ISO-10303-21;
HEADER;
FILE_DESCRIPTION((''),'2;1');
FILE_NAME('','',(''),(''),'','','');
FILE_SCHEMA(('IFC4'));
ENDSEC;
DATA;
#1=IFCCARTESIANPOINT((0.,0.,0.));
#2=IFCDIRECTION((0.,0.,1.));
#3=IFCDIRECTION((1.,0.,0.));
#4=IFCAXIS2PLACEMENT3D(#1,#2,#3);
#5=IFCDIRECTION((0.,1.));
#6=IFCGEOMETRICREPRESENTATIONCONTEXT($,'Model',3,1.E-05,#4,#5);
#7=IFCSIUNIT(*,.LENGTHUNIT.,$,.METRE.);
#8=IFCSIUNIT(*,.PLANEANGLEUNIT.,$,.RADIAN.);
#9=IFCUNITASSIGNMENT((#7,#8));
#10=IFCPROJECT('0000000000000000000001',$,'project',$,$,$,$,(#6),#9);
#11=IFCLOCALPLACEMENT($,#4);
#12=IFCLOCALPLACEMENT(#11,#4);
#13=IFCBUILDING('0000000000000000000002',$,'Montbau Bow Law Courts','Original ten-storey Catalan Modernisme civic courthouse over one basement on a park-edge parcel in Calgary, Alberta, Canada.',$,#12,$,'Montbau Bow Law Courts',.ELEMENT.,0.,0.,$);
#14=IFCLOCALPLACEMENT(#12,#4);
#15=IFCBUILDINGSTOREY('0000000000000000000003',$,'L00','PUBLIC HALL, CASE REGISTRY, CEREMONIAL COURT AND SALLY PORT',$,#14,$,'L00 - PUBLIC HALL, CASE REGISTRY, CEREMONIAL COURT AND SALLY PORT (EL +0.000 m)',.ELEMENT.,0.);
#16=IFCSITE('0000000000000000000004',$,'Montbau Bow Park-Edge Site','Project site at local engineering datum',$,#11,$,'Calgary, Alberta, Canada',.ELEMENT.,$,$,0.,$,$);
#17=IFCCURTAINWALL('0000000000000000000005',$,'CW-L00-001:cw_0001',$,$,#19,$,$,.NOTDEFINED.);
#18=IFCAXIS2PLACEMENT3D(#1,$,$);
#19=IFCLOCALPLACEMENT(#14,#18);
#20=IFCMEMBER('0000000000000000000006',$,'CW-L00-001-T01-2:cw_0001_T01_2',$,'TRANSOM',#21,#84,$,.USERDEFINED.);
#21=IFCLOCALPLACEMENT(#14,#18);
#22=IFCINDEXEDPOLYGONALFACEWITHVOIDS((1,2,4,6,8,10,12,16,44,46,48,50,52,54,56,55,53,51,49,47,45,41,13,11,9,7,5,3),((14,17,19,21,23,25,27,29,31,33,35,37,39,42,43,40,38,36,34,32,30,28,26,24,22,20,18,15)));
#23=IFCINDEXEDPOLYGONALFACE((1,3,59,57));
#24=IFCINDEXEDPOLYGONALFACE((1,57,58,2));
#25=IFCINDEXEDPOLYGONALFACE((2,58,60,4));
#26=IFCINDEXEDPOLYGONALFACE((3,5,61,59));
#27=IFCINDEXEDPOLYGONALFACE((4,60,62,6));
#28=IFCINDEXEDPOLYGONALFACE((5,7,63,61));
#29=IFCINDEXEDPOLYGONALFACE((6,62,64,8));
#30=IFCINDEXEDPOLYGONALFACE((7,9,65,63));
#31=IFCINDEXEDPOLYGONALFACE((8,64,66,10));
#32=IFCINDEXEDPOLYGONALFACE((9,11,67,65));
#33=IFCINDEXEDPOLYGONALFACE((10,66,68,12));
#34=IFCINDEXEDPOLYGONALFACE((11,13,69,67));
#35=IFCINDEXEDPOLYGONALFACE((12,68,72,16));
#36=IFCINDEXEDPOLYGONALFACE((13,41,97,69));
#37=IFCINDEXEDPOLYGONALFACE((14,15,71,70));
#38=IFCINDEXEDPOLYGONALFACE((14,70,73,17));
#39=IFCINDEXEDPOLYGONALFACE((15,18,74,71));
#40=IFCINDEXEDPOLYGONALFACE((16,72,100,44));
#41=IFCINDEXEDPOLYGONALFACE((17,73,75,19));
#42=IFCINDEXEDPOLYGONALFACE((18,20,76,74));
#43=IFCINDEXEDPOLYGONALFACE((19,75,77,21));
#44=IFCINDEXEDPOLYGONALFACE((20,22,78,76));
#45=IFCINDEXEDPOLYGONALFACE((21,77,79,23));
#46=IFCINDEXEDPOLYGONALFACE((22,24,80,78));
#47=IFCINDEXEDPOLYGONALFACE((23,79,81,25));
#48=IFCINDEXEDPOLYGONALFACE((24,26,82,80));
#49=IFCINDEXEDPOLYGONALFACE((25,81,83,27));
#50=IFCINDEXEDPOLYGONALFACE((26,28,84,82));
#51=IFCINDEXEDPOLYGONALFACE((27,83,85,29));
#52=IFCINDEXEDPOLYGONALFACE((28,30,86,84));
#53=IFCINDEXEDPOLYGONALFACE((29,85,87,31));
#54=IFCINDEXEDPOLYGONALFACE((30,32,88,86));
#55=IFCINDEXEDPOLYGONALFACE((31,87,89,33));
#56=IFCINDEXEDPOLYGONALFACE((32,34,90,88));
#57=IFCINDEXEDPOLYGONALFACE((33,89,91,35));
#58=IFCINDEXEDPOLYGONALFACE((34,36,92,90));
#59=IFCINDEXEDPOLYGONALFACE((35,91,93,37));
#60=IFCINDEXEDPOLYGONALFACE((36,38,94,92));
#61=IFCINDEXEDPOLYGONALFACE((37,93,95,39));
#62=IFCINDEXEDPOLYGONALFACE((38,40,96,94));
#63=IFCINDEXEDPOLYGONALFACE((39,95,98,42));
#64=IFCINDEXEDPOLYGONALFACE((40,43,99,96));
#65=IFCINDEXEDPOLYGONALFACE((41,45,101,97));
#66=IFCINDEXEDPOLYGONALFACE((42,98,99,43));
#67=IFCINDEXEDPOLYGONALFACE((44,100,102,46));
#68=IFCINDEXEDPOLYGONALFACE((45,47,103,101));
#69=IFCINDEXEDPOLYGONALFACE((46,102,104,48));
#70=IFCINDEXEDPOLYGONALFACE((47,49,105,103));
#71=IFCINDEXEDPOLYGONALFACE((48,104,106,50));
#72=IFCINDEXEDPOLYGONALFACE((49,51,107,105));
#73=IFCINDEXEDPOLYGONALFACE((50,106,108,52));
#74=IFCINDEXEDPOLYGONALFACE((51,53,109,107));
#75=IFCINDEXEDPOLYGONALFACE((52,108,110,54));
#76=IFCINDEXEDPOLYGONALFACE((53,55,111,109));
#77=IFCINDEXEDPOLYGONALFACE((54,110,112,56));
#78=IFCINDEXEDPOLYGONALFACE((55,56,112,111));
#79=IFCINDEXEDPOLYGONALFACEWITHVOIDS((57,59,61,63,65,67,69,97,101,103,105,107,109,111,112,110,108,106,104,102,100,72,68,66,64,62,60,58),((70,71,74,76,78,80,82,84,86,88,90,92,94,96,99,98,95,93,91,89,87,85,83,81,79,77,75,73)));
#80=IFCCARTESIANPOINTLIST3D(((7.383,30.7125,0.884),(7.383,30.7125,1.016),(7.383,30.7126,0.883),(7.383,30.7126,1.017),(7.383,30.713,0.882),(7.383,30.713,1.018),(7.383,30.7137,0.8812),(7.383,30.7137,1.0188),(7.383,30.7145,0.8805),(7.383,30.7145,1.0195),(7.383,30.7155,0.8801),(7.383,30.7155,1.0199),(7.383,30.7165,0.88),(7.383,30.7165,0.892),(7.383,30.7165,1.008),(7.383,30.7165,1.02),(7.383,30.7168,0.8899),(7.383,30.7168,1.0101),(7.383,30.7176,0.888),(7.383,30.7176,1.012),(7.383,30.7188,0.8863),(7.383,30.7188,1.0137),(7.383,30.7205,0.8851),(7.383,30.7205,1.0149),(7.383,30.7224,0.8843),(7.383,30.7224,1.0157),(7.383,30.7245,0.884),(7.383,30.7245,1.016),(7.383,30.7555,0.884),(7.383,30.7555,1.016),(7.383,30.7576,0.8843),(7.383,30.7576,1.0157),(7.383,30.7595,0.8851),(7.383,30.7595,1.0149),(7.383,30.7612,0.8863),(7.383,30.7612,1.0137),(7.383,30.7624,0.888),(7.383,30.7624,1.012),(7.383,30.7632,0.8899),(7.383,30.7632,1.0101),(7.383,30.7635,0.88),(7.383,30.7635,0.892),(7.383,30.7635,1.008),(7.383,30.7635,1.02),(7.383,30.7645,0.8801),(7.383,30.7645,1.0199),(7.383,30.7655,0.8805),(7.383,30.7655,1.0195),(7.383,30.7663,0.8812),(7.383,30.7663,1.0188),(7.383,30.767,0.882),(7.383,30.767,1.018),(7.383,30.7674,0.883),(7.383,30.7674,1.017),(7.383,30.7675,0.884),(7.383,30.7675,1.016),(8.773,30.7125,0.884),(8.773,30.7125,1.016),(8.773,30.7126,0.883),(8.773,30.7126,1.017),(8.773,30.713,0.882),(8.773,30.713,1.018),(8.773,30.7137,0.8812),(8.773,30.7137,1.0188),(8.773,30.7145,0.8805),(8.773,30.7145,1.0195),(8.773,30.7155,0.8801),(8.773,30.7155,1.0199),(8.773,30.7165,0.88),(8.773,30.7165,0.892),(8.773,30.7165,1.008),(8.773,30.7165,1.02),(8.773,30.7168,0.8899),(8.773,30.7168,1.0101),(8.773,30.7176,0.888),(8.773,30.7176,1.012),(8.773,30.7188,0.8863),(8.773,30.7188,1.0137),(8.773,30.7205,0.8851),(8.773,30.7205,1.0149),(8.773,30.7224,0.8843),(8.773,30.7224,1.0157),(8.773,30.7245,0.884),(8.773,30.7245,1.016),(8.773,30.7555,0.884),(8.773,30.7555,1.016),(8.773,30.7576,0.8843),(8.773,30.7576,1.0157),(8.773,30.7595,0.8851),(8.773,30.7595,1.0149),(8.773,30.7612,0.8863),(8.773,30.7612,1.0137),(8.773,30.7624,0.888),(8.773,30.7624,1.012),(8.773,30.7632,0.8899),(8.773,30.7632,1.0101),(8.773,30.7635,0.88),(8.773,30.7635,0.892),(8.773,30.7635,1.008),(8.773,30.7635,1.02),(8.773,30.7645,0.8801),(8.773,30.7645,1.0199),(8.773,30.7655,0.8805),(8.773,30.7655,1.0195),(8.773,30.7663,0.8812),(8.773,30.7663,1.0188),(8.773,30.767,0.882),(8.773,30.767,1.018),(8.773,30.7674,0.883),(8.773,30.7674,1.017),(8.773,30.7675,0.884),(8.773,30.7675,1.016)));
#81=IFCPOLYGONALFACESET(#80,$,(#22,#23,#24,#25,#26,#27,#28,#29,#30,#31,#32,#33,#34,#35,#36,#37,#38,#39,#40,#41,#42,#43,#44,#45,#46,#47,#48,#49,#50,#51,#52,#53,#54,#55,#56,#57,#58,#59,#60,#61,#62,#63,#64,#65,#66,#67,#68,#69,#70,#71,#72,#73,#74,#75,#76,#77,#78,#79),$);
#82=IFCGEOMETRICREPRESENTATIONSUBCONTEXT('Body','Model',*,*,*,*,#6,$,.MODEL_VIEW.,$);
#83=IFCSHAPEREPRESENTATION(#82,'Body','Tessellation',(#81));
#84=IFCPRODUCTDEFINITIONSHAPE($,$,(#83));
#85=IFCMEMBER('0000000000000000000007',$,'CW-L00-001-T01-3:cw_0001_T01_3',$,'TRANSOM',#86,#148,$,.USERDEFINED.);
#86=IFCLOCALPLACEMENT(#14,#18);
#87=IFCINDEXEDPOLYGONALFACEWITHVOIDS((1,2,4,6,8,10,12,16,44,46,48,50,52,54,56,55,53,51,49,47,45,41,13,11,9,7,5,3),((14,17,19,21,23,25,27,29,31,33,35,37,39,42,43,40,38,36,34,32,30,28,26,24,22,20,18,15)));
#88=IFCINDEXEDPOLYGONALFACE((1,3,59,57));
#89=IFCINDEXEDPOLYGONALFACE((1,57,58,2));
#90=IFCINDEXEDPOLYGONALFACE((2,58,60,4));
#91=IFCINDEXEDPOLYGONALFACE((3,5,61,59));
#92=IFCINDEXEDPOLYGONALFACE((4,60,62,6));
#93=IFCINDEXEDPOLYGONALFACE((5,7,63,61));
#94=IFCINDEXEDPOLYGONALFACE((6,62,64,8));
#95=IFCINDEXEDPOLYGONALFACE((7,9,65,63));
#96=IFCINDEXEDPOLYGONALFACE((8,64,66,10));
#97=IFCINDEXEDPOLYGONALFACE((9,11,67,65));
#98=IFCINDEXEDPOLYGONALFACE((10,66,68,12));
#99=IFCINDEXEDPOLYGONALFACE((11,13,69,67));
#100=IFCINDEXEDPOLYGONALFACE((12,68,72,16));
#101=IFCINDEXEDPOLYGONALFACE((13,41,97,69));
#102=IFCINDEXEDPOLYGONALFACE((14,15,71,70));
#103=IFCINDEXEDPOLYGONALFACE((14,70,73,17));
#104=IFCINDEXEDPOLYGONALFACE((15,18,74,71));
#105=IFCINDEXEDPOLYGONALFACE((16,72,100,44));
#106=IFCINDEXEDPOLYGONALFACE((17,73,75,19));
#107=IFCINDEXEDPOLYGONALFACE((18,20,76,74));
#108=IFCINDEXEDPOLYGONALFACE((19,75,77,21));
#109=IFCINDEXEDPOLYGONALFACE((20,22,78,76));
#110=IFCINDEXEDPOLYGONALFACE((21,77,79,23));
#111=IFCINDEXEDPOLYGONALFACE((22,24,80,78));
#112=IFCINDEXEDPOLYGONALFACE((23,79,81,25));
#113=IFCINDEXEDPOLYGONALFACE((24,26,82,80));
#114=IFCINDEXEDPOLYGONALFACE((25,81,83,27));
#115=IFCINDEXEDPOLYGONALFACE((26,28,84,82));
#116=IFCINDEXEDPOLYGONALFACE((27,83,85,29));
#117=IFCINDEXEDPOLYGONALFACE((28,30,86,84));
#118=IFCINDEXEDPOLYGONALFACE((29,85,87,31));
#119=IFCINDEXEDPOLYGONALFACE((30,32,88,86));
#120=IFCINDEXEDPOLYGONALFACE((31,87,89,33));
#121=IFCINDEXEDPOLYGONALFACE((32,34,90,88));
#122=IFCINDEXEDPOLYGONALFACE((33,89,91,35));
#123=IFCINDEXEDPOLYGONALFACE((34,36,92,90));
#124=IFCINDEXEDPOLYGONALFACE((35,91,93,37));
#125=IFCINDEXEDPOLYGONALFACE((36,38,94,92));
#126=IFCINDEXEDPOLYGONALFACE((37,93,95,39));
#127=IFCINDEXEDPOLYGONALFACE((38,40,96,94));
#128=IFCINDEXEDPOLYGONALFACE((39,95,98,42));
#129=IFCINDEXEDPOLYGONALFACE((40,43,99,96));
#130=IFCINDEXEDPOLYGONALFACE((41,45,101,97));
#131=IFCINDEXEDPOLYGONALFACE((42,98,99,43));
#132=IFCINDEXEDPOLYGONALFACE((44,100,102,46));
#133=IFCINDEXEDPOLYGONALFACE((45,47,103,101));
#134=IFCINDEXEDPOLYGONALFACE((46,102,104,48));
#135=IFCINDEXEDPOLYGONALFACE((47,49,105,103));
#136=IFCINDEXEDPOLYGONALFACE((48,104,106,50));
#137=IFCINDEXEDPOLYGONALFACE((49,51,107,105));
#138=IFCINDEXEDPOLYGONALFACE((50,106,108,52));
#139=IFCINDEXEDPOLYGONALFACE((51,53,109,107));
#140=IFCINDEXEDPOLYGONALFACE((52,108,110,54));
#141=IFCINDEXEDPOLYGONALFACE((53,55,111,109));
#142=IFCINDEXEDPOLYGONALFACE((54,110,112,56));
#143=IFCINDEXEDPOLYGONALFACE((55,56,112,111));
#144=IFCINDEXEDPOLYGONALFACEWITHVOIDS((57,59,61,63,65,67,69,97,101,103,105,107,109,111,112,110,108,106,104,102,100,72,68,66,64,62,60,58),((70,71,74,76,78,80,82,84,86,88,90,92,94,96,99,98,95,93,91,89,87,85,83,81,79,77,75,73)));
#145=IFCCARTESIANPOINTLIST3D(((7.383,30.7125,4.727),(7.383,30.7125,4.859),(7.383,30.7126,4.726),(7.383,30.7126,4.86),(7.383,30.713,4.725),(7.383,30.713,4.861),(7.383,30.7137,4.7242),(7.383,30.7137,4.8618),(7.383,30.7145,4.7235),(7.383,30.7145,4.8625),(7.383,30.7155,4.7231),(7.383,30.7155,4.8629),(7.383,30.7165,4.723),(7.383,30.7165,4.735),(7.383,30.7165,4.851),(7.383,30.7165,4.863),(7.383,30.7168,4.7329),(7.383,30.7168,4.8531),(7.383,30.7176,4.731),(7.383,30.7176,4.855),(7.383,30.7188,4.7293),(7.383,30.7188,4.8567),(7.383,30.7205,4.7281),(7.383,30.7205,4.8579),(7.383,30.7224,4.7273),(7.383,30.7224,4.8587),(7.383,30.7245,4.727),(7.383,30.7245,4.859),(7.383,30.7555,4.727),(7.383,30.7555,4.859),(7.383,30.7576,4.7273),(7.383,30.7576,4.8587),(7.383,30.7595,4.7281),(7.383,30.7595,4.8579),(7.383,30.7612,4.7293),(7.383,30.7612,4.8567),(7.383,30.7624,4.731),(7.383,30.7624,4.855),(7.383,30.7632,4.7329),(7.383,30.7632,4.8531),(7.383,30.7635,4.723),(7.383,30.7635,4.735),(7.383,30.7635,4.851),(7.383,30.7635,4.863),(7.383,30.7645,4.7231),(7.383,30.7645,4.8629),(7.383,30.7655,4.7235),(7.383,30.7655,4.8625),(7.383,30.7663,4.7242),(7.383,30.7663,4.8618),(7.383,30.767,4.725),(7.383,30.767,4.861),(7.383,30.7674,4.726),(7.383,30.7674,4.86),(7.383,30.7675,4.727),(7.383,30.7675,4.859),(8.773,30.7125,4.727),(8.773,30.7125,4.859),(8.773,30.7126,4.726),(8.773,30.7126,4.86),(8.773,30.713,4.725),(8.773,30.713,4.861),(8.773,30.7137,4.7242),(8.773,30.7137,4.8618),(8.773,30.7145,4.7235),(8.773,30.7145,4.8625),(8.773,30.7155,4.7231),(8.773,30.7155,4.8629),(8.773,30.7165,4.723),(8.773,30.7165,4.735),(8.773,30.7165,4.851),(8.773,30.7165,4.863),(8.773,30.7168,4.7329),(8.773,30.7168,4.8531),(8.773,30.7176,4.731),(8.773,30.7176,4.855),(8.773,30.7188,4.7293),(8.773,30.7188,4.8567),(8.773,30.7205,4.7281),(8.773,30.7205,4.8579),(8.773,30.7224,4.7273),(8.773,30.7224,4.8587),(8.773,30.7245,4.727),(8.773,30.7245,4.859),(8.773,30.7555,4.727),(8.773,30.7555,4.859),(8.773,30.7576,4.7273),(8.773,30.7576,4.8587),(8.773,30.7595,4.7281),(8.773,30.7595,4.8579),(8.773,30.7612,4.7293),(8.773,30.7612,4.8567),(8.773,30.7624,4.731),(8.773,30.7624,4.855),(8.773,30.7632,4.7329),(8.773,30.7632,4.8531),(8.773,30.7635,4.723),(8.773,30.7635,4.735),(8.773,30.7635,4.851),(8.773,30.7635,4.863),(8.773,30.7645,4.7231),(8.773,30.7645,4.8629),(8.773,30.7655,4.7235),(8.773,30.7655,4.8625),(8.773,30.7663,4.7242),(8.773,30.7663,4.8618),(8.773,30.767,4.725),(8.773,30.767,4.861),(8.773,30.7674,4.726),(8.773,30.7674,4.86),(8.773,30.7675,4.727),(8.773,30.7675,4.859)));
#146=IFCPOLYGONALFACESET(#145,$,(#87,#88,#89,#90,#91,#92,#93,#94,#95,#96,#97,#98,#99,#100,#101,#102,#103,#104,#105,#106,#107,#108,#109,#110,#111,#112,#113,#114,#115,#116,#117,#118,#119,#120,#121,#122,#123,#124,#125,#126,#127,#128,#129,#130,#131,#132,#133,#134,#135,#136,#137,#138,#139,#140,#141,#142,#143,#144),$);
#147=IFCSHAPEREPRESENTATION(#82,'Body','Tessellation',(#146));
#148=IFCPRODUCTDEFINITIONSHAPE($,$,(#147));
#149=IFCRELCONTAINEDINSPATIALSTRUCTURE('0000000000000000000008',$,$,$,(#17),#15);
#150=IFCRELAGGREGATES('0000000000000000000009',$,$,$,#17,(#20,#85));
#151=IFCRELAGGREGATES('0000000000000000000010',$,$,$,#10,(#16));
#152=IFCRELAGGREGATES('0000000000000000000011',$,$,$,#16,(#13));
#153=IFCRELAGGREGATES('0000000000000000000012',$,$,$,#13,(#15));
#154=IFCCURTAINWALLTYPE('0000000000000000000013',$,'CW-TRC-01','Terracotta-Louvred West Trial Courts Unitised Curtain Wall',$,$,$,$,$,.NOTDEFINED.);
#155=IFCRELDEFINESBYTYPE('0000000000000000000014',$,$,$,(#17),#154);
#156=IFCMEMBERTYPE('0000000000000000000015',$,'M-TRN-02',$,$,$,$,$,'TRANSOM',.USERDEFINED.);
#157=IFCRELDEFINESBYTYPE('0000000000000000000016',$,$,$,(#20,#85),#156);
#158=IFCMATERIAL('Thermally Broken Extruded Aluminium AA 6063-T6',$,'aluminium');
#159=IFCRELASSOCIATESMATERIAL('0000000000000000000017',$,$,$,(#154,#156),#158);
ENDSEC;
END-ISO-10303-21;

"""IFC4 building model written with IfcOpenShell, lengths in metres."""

from ifc_helpers import new_model, si_unit, direction, frame, origin_with_axes, origin_2d_with_axis, place, context, subcontext, project, spatial, hollow_rectangle, extrude, material, material_profile, profile_set, type_object, element, aggregate, save


model = new_model("IFC4")

# Units and contexts
model_context = context("Model", 3, precision=1e-05, world=origin_with_axes(), true_north=direction((0.0, 1.0)))
body_context = subcontext(model_context, "Body", "Model", "MODEL_VIEW")
ifc_project = project(units=[si_unit("LENGTHUNIT", "METRE"), si_unit("PLANEANGLEUNIT", "RADIAN")], contexts=[model_context])

# Site, building, storey
site_placement = place(None, origin_with_axes())
site = spatial("IfcSite", under=ifc_project, at=site_placement, Name="Montbau Bow Park-Edge Site", Description="Project site at local engineering datum", LongName="Calgary, Alberta, Canada", CompositionType="ELEMENT", RefElevation=0.0)
building_placement = place(site_placement, origin_with_axes())
building = spatial("IfcBuilding", under=site, at=building_placement, Name="Montbau Bow Law Courts", Description="Original ten-storey Catalan Modernisme civic courthouse over one basement on a park-edge parcel in Calgary, Alberta, Canada.", LongName="Montbau Bow Law Courts", CompositionType="ELEMENT", ElevationOfRefHeight=0.0, ElevationOfTerrain=0.0)
storey_placement = place(building_placement, origin_with_axes())
storey = spatial("IfcBuildingStorey", under=building, at=storey_placement, Name="L00", Description="PUBLIC HALL, CASE REGISTRY, CEREMONIAL COURT AND SALLY PORT", LongName="L00 - PUBLIC HALL, CASE REGISTRY, CEREMONIAL COURT AND SALLY PORT (EL +0.000 m)", CompositionType="ELEMENT", Elevation=0.0)

# Curtain wall
ifc_material_1 = material(Name="Thermally Broken Extruded Aluminium AA 6063-T6", Category="aluminium")
curtain_wall_type = type_object("IfcCurtainWallType", Name="CW-TRC-01", Description="Terracotta-Louvred West Trial Courts Unitised Curtain Wall", PredefinedType="NOTDEFINED", material=ifc_material_1)
curtain_wall_1_placement = place(None, frame((7.315, 30.74, 0.0), z_axis=(0.0, 0.0, 1.0), x_axis=(1.0, 0.0, 0.0)))
curtain_wall_1 = element("IfcCurtainWall", 1, at=curtain_wall_1_placement, inside=storey, type_object=curtain_wall_type, Name="CW-L00-001:cw_0001", PredefinedType="NOTDEFINED")

# Members
ifc_material_profile_1 = material_profile(ifc_material_1, hollow_rectangle(XDim=0.055, YDim=0.14, WallThickness=0.004, InnerFilletRadius=0.008, OuterFilletRadius=0.004, at=origin_2d_with_axis()), Name="CWT-140X55", Category="Main", Priority=0)
ifc_profile_set_1 = profile_set([ifc_material_profile_1], Name="Thermally Broken Extruded Aluminium AA 6063-T6")
member_type_1 = type_object("IfcMemberType", Name="M-TRN-02", ElementType="TRANSOM", PredefinedType="USERDEFINED", material=ifc_profile_set_1)
member_1_placement = place(None, frame((7.383, 30.74, 0.95), z_axis=(1.0, 0.0, 0.0), x_axis=(0.0, 1.0, 0.0)))
member_1 = element("IfcMember", 2, at=member_1_placement, type_object=member_type_1, Name="CW-L00-001-T01-2:cw_0001_T01_2", ObjectType="TRANSOM", PredefinedType="USERDEFINED", context=body_context, shape_type="SweptSolid", body=[
    extrude(hollow_rectangle(XDim=0.055, YDim=0.14, WallThickness=0.004, InnerFilletRadius=0.008, OuterFilletRadius=0.004, at=origin_2d_with_axis()), origin_with_axes(), (0.0, 0.0, 1.0), 1.39),
])
member_2_placement = place(None, frame((7.383, 30.74, 4.793), z_axis=(1.0, 0.0, 0.0), x_axis=(0.0, 1.0, 0.0)))
member_2 = element("IfcMember", 3, at=member_2_placement, type_object=member_type_1, Name="CW-L00-001-T01-3:cw_0001_T01_3", ObjectType="TRANSOM", PredefinedType="USERDEFINED", context=body_context, shape_type="SweptSolid", body=[
    extrude(hollow_rectangle(XDim=0.055, YDim=0.14, WallThickness=0.004, InnerFilletRadius=0.008, OuterFilletRadius=0.004, at=origin_2d_with_axis()), origin_with_axes(), (0.0, 0.0, 1.0), 1.39),
])

aggregate(curtain_wall_1, [member_1, member_2])

save(model, "model.ifc")
